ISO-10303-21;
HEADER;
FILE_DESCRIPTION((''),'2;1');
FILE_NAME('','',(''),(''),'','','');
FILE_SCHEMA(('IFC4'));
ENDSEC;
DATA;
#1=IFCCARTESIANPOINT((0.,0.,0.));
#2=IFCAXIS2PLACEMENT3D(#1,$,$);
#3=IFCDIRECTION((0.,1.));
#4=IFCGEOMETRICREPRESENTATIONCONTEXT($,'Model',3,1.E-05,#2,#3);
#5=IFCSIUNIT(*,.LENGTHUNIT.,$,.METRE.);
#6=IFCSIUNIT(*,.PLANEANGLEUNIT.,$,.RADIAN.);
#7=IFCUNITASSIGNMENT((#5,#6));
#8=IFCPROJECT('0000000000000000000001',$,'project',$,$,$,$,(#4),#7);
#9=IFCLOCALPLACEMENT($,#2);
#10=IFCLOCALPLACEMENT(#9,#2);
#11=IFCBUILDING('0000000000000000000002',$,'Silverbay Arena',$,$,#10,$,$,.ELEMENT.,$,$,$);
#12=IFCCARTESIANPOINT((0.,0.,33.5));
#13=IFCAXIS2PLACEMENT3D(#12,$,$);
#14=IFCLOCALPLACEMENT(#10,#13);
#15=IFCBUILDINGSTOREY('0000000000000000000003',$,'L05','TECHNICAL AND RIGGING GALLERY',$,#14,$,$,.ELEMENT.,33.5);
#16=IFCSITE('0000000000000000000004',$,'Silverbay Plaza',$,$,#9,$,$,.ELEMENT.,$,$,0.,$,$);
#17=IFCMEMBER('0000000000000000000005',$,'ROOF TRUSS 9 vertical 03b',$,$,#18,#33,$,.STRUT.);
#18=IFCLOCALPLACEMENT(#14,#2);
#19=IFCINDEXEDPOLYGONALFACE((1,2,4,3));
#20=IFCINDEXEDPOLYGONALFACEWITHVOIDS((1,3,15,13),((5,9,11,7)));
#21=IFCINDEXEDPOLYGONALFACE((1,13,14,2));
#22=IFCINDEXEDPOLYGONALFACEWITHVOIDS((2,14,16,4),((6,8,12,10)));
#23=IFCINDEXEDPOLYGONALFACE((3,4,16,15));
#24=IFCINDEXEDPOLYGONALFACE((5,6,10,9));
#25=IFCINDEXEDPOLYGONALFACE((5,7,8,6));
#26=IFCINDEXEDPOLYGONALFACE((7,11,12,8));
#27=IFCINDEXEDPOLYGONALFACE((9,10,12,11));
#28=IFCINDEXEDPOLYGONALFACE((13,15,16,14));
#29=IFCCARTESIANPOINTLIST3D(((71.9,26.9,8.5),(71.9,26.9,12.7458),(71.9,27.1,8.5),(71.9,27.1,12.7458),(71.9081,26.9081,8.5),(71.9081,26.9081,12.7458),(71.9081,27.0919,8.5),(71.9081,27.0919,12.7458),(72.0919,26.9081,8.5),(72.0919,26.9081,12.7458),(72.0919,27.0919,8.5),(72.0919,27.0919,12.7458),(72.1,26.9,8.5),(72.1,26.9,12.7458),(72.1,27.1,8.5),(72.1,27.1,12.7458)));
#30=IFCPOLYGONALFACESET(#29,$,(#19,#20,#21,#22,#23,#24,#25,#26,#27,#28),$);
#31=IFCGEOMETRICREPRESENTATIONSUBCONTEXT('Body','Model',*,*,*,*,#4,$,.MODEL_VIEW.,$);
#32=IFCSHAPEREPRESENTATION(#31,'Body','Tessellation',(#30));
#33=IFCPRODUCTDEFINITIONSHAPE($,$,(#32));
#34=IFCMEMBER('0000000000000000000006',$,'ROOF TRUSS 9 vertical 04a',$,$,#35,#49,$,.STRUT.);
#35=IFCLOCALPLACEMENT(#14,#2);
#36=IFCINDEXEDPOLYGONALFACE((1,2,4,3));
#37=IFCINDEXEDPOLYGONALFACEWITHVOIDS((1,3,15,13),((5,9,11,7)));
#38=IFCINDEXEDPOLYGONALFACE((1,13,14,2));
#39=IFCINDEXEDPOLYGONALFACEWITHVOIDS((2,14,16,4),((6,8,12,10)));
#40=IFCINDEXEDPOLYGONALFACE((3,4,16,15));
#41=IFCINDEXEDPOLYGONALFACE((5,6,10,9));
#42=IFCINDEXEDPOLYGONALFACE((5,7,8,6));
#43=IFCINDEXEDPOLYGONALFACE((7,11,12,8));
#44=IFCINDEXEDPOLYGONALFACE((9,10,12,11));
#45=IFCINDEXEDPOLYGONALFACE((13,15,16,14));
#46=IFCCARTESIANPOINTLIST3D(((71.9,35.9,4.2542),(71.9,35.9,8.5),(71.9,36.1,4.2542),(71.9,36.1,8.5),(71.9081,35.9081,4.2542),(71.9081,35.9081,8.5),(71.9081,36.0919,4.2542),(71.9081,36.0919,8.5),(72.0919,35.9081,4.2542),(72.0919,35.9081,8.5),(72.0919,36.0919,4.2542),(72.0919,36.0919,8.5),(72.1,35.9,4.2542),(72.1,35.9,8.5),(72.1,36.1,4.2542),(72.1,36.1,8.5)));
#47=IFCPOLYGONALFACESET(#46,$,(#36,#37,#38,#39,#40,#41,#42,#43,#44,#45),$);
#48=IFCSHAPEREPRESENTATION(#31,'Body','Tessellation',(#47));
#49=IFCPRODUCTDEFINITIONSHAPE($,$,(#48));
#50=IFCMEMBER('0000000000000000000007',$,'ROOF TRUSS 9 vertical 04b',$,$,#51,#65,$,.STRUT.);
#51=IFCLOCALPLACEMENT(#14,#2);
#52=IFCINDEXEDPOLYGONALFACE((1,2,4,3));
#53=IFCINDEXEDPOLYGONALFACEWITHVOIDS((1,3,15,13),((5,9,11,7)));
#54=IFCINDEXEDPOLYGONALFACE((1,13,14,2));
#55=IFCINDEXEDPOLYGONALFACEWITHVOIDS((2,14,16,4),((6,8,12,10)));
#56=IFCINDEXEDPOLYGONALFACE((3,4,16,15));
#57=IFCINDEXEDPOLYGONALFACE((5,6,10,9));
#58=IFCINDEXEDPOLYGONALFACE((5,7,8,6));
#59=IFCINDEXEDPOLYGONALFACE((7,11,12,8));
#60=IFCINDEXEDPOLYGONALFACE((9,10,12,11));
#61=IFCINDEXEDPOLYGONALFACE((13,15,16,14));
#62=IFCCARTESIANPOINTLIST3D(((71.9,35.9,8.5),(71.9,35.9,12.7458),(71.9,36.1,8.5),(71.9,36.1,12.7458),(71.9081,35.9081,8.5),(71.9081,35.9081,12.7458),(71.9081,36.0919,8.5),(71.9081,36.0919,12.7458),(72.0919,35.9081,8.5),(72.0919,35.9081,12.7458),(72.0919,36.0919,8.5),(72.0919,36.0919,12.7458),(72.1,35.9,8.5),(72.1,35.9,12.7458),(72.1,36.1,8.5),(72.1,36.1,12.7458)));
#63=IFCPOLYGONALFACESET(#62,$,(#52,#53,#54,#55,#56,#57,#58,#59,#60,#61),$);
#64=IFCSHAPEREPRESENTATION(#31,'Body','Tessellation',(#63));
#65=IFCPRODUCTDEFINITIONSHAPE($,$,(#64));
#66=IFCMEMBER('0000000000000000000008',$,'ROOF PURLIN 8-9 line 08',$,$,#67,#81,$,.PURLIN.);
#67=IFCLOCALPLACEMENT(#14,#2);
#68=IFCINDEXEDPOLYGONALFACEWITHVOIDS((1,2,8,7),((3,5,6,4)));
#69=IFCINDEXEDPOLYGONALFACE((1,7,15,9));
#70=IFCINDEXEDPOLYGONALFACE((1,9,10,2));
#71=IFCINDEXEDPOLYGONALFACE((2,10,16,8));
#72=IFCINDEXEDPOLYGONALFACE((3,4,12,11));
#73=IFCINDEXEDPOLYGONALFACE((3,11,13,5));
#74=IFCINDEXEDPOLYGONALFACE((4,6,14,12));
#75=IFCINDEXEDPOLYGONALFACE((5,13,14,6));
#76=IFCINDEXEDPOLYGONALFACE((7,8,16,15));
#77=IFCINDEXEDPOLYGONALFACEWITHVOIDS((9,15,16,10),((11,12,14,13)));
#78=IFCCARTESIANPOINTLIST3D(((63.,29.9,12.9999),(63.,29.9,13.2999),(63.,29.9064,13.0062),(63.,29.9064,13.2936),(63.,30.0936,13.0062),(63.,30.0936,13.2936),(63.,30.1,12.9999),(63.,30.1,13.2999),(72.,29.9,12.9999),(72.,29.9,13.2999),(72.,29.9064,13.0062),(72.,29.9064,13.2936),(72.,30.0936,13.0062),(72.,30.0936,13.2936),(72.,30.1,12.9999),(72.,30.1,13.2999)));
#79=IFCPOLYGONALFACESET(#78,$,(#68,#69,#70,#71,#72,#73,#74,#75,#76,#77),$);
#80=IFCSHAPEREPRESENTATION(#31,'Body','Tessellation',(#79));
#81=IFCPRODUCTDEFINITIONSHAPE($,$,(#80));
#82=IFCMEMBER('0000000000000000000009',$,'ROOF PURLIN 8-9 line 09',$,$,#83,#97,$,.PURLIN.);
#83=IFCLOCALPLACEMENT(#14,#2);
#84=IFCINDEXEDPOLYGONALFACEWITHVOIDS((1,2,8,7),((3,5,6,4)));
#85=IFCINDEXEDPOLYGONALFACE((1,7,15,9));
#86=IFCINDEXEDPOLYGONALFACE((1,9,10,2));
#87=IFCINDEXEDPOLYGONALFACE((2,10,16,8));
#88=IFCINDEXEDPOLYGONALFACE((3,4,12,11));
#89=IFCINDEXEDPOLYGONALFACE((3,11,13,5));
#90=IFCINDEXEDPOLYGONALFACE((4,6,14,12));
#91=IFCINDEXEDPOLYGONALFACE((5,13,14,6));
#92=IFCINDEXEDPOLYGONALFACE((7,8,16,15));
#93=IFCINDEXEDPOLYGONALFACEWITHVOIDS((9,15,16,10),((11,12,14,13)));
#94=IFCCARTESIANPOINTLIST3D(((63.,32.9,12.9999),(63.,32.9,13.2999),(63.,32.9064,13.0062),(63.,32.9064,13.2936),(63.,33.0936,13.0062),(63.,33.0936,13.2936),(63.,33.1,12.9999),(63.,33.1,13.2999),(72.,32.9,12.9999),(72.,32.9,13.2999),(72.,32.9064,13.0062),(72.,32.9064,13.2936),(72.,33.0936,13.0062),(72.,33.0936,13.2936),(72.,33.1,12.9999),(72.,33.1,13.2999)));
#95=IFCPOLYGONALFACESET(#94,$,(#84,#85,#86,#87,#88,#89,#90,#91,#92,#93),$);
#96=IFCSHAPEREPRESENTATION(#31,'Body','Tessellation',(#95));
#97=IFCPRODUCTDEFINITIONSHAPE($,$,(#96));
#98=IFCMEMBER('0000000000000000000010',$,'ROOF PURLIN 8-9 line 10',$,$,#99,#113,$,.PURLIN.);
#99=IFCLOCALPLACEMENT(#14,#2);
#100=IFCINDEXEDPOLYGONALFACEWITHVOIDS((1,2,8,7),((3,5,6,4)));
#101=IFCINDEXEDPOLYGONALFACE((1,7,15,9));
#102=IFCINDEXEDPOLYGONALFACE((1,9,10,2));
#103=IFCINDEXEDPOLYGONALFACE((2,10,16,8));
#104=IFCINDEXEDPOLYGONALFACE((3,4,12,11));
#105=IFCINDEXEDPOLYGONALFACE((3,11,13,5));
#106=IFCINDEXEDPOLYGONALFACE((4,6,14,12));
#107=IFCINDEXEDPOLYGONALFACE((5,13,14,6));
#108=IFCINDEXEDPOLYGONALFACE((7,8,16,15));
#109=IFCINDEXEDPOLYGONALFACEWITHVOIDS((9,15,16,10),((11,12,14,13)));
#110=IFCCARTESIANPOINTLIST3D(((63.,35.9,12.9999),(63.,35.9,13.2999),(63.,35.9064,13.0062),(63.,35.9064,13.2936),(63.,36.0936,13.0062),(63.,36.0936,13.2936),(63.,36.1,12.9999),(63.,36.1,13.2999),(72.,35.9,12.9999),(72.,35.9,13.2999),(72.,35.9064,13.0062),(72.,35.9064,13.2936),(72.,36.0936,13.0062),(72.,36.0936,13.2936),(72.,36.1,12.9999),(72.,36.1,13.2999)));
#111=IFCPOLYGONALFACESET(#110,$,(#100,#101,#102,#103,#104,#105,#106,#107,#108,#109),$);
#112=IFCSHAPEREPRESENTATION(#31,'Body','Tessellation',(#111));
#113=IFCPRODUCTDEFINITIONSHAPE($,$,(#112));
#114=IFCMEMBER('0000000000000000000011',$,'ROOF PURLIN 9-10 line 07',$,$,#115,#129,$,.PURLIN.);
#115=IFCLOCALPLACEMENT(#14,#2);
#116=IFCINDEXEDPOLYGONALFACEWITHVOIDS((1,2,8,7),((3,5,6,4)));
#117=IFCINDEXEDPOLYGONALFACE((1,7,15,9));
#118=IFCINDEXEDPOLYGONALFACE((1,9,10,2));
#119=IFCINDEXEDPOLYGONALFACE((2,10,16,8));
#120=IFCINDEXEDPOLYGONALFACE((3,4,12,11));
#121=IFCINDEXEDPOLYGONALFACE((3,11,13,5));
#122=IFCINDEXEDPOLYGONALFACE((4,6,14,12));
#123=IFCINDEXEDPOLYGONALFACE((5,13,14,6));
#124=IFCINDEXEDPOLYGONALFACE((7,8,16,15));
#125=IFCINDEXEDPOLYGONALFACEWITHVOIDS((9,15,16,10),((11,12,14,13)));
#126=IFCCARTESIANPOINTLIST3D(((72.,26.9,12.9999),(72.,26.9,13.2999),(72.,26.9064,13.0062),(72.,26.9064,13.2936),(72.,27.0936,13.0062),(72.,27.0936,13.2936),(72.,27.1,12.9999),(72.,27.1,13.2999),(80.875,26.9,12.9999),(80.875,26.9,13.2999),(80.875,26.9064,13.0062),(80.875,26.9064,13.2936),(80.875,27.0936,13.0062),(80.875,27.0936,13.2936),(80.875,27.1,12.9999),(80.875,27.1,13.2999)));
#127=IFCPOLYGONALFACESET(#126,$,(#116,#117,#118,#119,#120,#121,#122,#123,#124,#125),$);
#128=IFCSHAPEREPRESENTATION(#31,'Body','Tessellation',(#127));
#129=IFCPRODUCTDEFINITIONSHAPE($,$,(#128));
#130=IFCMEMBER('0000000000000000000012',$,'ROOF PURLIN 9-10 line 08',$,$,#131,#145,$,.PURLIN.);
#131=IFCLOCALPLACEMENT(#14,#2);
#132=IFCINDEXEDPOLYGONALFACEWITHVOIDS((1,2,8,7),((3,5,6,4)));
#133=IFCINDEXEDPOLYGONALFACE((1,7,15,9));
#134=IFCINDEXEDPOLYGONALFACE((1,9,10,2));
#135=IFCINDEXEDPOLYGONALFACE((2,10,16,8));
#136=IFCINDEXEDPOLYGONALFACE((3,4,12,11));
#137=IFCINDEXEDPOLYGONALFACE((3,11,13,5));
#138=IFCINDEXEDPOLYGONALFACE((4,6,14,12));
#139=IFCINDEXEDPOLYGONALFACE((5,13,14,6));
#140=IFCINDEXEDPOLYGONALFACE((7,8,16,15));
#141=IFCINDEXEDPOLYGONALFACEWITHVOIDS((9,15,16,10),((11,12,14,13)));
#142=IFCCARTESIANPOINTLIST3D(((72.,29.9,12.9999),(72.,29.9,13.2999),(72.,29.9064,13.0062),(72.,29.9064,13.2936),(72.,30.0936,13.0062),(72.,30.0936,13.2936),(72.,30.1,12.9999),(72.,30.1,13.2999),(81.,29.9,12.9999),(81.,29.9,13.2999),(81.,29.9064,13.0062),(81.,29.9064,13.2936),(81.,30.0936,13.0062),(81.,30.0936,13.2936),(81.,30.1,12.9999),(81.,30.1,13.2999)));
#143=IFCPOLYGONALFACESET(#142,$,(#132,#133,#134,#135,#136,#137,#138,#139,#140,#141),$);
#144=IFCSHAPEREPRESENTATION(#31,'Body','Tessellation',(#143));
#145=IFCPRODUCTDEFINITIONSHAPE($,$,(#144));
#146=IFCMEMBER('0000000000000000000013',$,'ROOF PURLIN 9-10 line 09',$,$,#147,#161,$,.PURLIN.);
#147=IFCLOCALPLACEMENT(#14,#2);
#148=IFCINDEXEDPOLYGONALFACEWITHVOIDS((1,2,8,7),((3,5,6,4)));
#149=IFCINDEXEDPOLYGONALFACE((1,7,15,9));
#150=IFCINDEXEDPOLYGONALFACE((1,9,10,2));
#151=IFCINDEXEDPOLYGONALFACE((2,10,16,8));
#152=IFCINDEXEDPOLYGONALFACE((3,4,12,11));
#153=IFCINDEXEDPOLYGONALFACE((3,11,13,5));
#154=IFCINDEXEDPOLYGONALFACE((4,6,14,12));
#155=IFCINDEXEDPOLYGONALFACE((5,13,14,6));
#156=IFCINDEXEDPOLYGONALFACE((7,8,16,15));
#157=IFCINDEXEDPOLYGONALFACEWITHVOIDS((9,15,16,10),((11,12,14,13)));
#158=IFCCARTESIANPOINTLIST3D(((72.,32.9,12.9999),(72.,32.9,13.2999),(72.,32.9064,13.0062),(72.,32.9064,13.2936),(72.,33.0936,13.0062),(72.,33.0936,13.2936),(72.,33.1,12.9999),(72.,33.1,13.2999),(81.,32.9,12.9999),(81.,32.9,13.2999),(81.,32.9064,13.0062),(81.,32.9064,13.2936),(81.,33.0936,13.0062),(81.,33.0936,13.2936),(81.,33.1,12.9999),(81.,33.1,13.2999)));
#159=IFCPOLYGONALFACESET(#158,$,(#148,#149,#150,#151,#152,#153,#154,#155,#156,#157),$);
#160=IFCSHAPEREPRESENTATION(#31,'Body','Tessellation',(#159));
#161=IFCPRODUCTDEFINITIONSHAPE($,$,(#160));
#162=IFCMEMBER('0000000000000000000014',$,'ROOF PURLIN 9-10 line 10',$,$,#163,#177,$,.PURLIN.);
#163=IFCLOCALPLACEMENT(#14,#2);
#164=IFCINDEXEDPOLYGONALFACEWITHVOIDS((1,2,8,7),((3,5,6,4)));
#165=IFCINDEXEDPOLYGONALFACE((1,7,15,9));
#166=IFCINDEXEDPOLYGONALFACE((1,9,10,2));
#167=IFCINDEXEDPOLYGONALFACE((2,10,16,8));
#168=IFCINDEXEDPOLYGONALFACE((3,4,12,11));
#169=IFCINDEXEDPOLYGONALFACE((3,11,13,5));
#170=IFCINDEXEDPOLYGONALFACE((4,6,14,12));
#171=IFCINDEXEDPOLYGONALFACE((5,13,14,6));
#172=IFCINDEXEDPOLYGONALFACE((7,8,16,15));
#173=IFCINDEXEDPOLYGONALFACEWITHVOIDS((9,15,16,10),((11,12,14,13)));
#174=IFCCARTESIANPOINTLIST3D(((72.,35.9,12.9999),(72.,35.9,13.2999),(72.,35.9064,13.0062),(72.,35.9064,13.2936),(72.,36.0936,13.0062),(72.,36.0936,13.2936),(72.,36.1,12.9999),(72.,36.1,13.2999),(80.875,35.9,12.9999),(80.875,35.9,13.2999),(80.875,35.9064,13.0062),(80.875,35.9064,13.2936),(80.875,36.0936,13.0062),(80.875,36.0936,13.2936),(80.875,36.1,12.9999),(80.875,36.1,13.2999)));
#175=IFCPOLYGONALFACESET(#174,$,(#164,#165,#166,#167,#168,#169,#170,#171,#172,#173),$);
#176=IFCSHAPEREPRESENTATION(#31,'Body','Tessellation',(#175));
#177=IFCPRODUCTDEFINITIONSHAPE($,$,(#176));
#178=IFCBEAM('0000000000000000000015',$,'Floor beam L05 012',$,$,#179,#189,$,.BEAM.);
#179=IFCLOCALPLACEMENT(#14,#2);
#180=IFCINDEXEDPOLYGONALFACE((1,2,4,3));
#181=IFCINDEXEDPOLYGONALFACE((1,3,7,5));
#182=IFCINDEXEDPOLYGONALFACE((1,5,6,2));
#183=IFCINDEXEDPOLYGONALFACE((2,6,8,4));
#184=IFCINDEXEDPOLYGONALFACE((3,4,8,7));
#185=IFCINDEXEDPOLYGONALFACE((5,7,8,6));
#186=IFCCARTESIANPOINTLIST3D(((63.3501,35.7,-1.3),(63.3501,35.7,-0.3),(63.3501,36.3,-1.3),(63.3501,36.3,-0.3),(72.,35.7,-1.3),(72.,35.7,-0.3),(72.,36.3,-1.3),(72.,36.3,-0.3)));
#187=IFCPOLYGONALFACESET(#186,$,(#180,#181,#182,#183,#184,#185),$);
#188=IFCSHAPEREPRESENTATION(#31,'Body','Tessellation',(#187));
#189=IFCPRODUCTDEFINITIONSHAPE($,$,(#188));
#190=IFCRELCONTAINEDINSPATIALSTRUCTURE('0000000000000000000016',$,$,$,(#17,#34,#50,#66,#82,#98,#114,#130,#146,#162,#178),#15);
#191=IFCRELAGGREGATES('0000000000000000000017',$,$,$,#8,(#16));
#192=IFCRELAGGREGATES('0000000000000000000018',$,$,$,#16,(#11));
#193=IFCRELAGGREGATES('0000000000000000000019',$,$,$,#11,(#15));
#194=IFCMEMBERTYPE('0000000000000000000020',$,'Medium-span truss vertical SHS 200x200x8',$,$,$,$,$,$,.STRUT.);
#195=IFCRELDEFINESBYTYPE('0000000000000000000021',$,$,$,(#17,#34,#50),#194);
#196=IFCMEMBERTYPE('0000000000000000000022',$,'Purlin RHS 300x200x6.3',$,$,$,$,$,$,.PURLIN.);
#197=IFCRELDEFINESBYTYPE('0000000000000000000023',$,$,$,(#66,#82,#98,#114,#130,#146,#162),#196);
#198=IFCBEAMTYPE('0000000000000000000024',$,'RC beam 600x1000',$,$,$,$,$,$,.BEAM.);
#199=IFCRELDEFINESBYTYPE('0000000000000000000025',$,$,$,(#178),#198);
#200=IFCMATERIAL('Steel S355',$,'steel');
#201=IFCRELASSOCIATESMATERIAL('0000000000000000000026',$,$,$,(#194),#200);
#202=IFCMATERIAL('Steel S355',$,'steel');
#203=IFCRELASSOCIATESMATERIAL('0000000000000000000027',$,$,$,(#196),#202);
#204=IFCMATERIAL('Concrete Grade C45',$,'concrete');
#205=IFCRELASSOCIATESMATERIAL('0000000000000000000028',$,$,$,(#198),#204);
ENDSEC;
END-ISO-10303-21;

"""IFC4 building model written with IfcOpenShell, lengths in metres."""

from ifc_helpers import new_model, si_unit, direction, frame, origin, origin_2d, place, context, subcontext, project, spatial, rectangle, hollow_rectangle, extrude, material, material_profile, profile_set, type_object, element, save


model = new_model("IFC4")

# Units and contexts
model_context = context("Model", 3, precision=1e-05, world=origin(), true_north=direction((0.0, 1.0)))
body_context = subcontext(model_context, "Body", "Model", "MODEL_VIEW")
ifc_project = project(units=[si_unit("LENGTHUNIT", "METRE"), si_unit("PLANEANGLEUNIT", "RADIAN")], contexts=[model_context])

# Site, building, storey
site_placement = place(None, origin())
site = spatial("IfcSite", under=ifc_project, at=site_placement, Name="Silverbay Plaza", CompositionType="ELEMENT", RefElevation=0.0)
building_placement = place(site_placement, origin())
building = spatial("IfcBuilding", under=site, at=building_placement, Name="Silverbay Arena", CompositionType="ELEMENT")
storey_placement = place(building_placement, frame((0.0, 0.0, 33.5)))
storey = spatial("IfcBuildingStorey", under=building, at=storey_placement, Name="L05", Description="TECHNICAL AND RIGGING GALLERY", CompositionType="ELEMENT", Elevation=33.5)

# Members
ifc_material_1 = material(Name="Steel S355", Category="steel")
ifc_material_profile_1 = material_profile(ifc_material_1, hollow_rectangle(XDim=0.2, YDim=0.2, WallThickness=0.0081, at=origin_2d()), Name="SHS 200x200x8")
ifc_profile_set_1 = profile_set([ifc_material_profile_1], Name="Steel S355")
member_type_1 = type_object("IfcMemberType", Name="Medium-span truss vertical SHS 200x200x8", PredefinedType="STRUT", material=ifc_profile_set_1)
for number, where, z_axis, x_axis, name in (
    (1, (72.0, 27.0, 8.5), (0.0, 0.0, 1.0), (1.0, 0.0, 0.0), "ROOF TRUSS 9 vertical 03b"),
    (2, (72.0, 36.0, 4.2542), (0.0, 0.0, 1.0), (1.0, 0.0, 0.0), "ROOF TRUSS 9 vertical 04a"),
    (3, (72.0, 36.0, 8.5), (0.0, 0.0, 1.0), (1.0, 0.0, 0.0), "ROOF TRUSS 9 vertical 04b"),
):
    element("IfcMember", number, at=place(storey_placement, frame(where, z_axis=z_axis, x_axis=x_axis)), inside=storey, type_object=member_type_1, Name=name, PredefinedType="STRUT", context=body_context, shape_type="SweptSolid", body=[
        extrude(hollow_rectangle(XDim=0.2, YDim=0.2, WallThickness=0.0081, at=origin_2d()), origin(), (0.0, 0.0, 1.0), 4.2458),
    ])
ifc_material_2 = material(Name="Steel S355", Category="steel")
ifc_material_profile_2 = material_profile(ifc_material_2, hollow_rectangle(XDim=0.2, YDim=0.3, WallThickness=0.0063, at=origin_2d()), Name="RHS 300x200x6.3")
ifc_profile_set_2 = profile_set([ifc_material_profile_2], Name="Steel S355")
member_type_2 = type_object("IfcMemberType", Name="Purlin RHS 300x200x6.3", PredefinedType="PURLIN", material=ifc_profile_set_2)
for number, where, z_axis, x_axis, name in (
    (4, (63.0, 30.0, 13.1499), (1.0, 0.0, 0.0), (0.0, 1.0, 0.0), "ROOF PURLIN 8-9 line 08"),
    (5, (63.0, 33.0, 13.1499), (1.0, 0.0, 0.0), (0.0, 1.0, 0.0), "ROOF PURLIN 8-9 line 09"),
    (6, (63.0, 36.0, 13.1499), (1.0, 0.0, 0.0), (0.0, 1.0, 0.0), "ROOF PURLIN 8-9 line 10"),
):
    element("IfcMember", number, at=place(storey_placement, frame(where, z_axis=z_axis, x_axis=x_axis)), inside=storey, type_object=member_type_2, Name=name, PredefinedType="PURLIN", context=body_context, shape_type="SweptSolid", body=[
        extrude(hollow_rectangle(XDim=0.2, YDim=0.3, WallThickness=0.0063, at=origin_2d()), origin(), (0.0, 0.0, 1.0), 9.0),
    ])
member_1_placement = place(storey_placement, frame((72.0, 27.0, 13.1499), z_axis=(1.0, 0.0, 0.0), x_axis=(0.0, 1.0, 0.0)))
element("IfcMember", 7, at=member_1_placement, inside=storey, type_object=member_type_2, Name="ROOF PURLIN 9-10 line 07", PredefinedType="PURLIN", context=body_context, shape_type="SweptSolid", body=[
    extrude(hollow_rectangle(XDim=0.2, YDim=0.3, WallThickness=0.0063, at=origin_2d()), origin(), (0.0, 0.0, 1.0), 8.875),
])
for number, where, z_axis, x_axis, name in (
    (8, (72.0, 30.0, 13.1499), (1.0, 0.0, 0.0), (0.0, 1.0, 0.0), "ROOF PURLIN 9-10 line 08"),
    (9, (72.0, 33.0, 13.1499), (1.0, 0.0, 0.0), (0.0, 1.0, 0.0), "ROOF PURLIN 9-10 line 09"),
):
    element("IfcMember", number, at=place(storey_placement, frame(where, z_axis=z_axis, x_axis=x_axis)), inside=storey, type_object=member_type_2, Name=name, PredefinedType="PURLIN", context=body_context, shape_type="SweptSolid", body=[
        extrude(hollow_rectangle(XDim=0.2, YDim=0.3, WallThickness=0.0063, at=origin_2d()), origin(), (0.0, 0.0, 1.0), 9.0),
    ])
member_2_placement = place(storey_placement, frame((72.0, 36.0, 13.1499), z_axis=(1.0, 0.0, 0.0), x_axis=(0.0, 1.0, 0.0)))
element("IfcMember", 10, at=member_2_placement, inside=storey, type_object=member_type_2, Name="ROOF PURLIN 9-10 line 10", PredefinedType="PURLIN", context=body_context, shape_type="SweptSolid", body=[
    extrude(hollow_rectangle(XDim=0.2, YDim=0.3, WallThickness=0.0063, at=origin_2d()), origin(), (0.0, 0.0, 1.0), 8.875),
])

# Beam
ifc_material_3 = material(Name="Concrete Grade C45", Category="concrete")
ifc_material_profile_3 = material_profile(ifc_material_3, rectangle(XDim=0.6001, YDim=1.0, at=origin_2d()), Name="RC 600x1000")
ifc_profile_set_3 = profile_set([ifc_material_profile_3], Name="Concrete Grade C45")
beam_type = type_object("IfcBeamType", Name="RC beam 600x1000", PredefinedType="BEAM", material=ifc_profile_set_3)
beam_placement = place(storey_placement, frame((63.3501, 36.0, -0.8), z_axis=(1.0, 0.0, 0.0), x_axis=(0.0, 1.0, 0.0)))
element("IfcBeam", 11, at=beam_placement, inside=storey, type_object=beam_type, Name="Floor beam L05 012", PredefinedType="BEAM", context=body_context, shape_type="SweptSolid", body=[
    extrude(rectangle(XDim=0.6001, YDim=1.0, at=origin_2d()), origin(), (0.0, 0.0, 1.0), 8.6499),
])

save(model, "model.ifc")
